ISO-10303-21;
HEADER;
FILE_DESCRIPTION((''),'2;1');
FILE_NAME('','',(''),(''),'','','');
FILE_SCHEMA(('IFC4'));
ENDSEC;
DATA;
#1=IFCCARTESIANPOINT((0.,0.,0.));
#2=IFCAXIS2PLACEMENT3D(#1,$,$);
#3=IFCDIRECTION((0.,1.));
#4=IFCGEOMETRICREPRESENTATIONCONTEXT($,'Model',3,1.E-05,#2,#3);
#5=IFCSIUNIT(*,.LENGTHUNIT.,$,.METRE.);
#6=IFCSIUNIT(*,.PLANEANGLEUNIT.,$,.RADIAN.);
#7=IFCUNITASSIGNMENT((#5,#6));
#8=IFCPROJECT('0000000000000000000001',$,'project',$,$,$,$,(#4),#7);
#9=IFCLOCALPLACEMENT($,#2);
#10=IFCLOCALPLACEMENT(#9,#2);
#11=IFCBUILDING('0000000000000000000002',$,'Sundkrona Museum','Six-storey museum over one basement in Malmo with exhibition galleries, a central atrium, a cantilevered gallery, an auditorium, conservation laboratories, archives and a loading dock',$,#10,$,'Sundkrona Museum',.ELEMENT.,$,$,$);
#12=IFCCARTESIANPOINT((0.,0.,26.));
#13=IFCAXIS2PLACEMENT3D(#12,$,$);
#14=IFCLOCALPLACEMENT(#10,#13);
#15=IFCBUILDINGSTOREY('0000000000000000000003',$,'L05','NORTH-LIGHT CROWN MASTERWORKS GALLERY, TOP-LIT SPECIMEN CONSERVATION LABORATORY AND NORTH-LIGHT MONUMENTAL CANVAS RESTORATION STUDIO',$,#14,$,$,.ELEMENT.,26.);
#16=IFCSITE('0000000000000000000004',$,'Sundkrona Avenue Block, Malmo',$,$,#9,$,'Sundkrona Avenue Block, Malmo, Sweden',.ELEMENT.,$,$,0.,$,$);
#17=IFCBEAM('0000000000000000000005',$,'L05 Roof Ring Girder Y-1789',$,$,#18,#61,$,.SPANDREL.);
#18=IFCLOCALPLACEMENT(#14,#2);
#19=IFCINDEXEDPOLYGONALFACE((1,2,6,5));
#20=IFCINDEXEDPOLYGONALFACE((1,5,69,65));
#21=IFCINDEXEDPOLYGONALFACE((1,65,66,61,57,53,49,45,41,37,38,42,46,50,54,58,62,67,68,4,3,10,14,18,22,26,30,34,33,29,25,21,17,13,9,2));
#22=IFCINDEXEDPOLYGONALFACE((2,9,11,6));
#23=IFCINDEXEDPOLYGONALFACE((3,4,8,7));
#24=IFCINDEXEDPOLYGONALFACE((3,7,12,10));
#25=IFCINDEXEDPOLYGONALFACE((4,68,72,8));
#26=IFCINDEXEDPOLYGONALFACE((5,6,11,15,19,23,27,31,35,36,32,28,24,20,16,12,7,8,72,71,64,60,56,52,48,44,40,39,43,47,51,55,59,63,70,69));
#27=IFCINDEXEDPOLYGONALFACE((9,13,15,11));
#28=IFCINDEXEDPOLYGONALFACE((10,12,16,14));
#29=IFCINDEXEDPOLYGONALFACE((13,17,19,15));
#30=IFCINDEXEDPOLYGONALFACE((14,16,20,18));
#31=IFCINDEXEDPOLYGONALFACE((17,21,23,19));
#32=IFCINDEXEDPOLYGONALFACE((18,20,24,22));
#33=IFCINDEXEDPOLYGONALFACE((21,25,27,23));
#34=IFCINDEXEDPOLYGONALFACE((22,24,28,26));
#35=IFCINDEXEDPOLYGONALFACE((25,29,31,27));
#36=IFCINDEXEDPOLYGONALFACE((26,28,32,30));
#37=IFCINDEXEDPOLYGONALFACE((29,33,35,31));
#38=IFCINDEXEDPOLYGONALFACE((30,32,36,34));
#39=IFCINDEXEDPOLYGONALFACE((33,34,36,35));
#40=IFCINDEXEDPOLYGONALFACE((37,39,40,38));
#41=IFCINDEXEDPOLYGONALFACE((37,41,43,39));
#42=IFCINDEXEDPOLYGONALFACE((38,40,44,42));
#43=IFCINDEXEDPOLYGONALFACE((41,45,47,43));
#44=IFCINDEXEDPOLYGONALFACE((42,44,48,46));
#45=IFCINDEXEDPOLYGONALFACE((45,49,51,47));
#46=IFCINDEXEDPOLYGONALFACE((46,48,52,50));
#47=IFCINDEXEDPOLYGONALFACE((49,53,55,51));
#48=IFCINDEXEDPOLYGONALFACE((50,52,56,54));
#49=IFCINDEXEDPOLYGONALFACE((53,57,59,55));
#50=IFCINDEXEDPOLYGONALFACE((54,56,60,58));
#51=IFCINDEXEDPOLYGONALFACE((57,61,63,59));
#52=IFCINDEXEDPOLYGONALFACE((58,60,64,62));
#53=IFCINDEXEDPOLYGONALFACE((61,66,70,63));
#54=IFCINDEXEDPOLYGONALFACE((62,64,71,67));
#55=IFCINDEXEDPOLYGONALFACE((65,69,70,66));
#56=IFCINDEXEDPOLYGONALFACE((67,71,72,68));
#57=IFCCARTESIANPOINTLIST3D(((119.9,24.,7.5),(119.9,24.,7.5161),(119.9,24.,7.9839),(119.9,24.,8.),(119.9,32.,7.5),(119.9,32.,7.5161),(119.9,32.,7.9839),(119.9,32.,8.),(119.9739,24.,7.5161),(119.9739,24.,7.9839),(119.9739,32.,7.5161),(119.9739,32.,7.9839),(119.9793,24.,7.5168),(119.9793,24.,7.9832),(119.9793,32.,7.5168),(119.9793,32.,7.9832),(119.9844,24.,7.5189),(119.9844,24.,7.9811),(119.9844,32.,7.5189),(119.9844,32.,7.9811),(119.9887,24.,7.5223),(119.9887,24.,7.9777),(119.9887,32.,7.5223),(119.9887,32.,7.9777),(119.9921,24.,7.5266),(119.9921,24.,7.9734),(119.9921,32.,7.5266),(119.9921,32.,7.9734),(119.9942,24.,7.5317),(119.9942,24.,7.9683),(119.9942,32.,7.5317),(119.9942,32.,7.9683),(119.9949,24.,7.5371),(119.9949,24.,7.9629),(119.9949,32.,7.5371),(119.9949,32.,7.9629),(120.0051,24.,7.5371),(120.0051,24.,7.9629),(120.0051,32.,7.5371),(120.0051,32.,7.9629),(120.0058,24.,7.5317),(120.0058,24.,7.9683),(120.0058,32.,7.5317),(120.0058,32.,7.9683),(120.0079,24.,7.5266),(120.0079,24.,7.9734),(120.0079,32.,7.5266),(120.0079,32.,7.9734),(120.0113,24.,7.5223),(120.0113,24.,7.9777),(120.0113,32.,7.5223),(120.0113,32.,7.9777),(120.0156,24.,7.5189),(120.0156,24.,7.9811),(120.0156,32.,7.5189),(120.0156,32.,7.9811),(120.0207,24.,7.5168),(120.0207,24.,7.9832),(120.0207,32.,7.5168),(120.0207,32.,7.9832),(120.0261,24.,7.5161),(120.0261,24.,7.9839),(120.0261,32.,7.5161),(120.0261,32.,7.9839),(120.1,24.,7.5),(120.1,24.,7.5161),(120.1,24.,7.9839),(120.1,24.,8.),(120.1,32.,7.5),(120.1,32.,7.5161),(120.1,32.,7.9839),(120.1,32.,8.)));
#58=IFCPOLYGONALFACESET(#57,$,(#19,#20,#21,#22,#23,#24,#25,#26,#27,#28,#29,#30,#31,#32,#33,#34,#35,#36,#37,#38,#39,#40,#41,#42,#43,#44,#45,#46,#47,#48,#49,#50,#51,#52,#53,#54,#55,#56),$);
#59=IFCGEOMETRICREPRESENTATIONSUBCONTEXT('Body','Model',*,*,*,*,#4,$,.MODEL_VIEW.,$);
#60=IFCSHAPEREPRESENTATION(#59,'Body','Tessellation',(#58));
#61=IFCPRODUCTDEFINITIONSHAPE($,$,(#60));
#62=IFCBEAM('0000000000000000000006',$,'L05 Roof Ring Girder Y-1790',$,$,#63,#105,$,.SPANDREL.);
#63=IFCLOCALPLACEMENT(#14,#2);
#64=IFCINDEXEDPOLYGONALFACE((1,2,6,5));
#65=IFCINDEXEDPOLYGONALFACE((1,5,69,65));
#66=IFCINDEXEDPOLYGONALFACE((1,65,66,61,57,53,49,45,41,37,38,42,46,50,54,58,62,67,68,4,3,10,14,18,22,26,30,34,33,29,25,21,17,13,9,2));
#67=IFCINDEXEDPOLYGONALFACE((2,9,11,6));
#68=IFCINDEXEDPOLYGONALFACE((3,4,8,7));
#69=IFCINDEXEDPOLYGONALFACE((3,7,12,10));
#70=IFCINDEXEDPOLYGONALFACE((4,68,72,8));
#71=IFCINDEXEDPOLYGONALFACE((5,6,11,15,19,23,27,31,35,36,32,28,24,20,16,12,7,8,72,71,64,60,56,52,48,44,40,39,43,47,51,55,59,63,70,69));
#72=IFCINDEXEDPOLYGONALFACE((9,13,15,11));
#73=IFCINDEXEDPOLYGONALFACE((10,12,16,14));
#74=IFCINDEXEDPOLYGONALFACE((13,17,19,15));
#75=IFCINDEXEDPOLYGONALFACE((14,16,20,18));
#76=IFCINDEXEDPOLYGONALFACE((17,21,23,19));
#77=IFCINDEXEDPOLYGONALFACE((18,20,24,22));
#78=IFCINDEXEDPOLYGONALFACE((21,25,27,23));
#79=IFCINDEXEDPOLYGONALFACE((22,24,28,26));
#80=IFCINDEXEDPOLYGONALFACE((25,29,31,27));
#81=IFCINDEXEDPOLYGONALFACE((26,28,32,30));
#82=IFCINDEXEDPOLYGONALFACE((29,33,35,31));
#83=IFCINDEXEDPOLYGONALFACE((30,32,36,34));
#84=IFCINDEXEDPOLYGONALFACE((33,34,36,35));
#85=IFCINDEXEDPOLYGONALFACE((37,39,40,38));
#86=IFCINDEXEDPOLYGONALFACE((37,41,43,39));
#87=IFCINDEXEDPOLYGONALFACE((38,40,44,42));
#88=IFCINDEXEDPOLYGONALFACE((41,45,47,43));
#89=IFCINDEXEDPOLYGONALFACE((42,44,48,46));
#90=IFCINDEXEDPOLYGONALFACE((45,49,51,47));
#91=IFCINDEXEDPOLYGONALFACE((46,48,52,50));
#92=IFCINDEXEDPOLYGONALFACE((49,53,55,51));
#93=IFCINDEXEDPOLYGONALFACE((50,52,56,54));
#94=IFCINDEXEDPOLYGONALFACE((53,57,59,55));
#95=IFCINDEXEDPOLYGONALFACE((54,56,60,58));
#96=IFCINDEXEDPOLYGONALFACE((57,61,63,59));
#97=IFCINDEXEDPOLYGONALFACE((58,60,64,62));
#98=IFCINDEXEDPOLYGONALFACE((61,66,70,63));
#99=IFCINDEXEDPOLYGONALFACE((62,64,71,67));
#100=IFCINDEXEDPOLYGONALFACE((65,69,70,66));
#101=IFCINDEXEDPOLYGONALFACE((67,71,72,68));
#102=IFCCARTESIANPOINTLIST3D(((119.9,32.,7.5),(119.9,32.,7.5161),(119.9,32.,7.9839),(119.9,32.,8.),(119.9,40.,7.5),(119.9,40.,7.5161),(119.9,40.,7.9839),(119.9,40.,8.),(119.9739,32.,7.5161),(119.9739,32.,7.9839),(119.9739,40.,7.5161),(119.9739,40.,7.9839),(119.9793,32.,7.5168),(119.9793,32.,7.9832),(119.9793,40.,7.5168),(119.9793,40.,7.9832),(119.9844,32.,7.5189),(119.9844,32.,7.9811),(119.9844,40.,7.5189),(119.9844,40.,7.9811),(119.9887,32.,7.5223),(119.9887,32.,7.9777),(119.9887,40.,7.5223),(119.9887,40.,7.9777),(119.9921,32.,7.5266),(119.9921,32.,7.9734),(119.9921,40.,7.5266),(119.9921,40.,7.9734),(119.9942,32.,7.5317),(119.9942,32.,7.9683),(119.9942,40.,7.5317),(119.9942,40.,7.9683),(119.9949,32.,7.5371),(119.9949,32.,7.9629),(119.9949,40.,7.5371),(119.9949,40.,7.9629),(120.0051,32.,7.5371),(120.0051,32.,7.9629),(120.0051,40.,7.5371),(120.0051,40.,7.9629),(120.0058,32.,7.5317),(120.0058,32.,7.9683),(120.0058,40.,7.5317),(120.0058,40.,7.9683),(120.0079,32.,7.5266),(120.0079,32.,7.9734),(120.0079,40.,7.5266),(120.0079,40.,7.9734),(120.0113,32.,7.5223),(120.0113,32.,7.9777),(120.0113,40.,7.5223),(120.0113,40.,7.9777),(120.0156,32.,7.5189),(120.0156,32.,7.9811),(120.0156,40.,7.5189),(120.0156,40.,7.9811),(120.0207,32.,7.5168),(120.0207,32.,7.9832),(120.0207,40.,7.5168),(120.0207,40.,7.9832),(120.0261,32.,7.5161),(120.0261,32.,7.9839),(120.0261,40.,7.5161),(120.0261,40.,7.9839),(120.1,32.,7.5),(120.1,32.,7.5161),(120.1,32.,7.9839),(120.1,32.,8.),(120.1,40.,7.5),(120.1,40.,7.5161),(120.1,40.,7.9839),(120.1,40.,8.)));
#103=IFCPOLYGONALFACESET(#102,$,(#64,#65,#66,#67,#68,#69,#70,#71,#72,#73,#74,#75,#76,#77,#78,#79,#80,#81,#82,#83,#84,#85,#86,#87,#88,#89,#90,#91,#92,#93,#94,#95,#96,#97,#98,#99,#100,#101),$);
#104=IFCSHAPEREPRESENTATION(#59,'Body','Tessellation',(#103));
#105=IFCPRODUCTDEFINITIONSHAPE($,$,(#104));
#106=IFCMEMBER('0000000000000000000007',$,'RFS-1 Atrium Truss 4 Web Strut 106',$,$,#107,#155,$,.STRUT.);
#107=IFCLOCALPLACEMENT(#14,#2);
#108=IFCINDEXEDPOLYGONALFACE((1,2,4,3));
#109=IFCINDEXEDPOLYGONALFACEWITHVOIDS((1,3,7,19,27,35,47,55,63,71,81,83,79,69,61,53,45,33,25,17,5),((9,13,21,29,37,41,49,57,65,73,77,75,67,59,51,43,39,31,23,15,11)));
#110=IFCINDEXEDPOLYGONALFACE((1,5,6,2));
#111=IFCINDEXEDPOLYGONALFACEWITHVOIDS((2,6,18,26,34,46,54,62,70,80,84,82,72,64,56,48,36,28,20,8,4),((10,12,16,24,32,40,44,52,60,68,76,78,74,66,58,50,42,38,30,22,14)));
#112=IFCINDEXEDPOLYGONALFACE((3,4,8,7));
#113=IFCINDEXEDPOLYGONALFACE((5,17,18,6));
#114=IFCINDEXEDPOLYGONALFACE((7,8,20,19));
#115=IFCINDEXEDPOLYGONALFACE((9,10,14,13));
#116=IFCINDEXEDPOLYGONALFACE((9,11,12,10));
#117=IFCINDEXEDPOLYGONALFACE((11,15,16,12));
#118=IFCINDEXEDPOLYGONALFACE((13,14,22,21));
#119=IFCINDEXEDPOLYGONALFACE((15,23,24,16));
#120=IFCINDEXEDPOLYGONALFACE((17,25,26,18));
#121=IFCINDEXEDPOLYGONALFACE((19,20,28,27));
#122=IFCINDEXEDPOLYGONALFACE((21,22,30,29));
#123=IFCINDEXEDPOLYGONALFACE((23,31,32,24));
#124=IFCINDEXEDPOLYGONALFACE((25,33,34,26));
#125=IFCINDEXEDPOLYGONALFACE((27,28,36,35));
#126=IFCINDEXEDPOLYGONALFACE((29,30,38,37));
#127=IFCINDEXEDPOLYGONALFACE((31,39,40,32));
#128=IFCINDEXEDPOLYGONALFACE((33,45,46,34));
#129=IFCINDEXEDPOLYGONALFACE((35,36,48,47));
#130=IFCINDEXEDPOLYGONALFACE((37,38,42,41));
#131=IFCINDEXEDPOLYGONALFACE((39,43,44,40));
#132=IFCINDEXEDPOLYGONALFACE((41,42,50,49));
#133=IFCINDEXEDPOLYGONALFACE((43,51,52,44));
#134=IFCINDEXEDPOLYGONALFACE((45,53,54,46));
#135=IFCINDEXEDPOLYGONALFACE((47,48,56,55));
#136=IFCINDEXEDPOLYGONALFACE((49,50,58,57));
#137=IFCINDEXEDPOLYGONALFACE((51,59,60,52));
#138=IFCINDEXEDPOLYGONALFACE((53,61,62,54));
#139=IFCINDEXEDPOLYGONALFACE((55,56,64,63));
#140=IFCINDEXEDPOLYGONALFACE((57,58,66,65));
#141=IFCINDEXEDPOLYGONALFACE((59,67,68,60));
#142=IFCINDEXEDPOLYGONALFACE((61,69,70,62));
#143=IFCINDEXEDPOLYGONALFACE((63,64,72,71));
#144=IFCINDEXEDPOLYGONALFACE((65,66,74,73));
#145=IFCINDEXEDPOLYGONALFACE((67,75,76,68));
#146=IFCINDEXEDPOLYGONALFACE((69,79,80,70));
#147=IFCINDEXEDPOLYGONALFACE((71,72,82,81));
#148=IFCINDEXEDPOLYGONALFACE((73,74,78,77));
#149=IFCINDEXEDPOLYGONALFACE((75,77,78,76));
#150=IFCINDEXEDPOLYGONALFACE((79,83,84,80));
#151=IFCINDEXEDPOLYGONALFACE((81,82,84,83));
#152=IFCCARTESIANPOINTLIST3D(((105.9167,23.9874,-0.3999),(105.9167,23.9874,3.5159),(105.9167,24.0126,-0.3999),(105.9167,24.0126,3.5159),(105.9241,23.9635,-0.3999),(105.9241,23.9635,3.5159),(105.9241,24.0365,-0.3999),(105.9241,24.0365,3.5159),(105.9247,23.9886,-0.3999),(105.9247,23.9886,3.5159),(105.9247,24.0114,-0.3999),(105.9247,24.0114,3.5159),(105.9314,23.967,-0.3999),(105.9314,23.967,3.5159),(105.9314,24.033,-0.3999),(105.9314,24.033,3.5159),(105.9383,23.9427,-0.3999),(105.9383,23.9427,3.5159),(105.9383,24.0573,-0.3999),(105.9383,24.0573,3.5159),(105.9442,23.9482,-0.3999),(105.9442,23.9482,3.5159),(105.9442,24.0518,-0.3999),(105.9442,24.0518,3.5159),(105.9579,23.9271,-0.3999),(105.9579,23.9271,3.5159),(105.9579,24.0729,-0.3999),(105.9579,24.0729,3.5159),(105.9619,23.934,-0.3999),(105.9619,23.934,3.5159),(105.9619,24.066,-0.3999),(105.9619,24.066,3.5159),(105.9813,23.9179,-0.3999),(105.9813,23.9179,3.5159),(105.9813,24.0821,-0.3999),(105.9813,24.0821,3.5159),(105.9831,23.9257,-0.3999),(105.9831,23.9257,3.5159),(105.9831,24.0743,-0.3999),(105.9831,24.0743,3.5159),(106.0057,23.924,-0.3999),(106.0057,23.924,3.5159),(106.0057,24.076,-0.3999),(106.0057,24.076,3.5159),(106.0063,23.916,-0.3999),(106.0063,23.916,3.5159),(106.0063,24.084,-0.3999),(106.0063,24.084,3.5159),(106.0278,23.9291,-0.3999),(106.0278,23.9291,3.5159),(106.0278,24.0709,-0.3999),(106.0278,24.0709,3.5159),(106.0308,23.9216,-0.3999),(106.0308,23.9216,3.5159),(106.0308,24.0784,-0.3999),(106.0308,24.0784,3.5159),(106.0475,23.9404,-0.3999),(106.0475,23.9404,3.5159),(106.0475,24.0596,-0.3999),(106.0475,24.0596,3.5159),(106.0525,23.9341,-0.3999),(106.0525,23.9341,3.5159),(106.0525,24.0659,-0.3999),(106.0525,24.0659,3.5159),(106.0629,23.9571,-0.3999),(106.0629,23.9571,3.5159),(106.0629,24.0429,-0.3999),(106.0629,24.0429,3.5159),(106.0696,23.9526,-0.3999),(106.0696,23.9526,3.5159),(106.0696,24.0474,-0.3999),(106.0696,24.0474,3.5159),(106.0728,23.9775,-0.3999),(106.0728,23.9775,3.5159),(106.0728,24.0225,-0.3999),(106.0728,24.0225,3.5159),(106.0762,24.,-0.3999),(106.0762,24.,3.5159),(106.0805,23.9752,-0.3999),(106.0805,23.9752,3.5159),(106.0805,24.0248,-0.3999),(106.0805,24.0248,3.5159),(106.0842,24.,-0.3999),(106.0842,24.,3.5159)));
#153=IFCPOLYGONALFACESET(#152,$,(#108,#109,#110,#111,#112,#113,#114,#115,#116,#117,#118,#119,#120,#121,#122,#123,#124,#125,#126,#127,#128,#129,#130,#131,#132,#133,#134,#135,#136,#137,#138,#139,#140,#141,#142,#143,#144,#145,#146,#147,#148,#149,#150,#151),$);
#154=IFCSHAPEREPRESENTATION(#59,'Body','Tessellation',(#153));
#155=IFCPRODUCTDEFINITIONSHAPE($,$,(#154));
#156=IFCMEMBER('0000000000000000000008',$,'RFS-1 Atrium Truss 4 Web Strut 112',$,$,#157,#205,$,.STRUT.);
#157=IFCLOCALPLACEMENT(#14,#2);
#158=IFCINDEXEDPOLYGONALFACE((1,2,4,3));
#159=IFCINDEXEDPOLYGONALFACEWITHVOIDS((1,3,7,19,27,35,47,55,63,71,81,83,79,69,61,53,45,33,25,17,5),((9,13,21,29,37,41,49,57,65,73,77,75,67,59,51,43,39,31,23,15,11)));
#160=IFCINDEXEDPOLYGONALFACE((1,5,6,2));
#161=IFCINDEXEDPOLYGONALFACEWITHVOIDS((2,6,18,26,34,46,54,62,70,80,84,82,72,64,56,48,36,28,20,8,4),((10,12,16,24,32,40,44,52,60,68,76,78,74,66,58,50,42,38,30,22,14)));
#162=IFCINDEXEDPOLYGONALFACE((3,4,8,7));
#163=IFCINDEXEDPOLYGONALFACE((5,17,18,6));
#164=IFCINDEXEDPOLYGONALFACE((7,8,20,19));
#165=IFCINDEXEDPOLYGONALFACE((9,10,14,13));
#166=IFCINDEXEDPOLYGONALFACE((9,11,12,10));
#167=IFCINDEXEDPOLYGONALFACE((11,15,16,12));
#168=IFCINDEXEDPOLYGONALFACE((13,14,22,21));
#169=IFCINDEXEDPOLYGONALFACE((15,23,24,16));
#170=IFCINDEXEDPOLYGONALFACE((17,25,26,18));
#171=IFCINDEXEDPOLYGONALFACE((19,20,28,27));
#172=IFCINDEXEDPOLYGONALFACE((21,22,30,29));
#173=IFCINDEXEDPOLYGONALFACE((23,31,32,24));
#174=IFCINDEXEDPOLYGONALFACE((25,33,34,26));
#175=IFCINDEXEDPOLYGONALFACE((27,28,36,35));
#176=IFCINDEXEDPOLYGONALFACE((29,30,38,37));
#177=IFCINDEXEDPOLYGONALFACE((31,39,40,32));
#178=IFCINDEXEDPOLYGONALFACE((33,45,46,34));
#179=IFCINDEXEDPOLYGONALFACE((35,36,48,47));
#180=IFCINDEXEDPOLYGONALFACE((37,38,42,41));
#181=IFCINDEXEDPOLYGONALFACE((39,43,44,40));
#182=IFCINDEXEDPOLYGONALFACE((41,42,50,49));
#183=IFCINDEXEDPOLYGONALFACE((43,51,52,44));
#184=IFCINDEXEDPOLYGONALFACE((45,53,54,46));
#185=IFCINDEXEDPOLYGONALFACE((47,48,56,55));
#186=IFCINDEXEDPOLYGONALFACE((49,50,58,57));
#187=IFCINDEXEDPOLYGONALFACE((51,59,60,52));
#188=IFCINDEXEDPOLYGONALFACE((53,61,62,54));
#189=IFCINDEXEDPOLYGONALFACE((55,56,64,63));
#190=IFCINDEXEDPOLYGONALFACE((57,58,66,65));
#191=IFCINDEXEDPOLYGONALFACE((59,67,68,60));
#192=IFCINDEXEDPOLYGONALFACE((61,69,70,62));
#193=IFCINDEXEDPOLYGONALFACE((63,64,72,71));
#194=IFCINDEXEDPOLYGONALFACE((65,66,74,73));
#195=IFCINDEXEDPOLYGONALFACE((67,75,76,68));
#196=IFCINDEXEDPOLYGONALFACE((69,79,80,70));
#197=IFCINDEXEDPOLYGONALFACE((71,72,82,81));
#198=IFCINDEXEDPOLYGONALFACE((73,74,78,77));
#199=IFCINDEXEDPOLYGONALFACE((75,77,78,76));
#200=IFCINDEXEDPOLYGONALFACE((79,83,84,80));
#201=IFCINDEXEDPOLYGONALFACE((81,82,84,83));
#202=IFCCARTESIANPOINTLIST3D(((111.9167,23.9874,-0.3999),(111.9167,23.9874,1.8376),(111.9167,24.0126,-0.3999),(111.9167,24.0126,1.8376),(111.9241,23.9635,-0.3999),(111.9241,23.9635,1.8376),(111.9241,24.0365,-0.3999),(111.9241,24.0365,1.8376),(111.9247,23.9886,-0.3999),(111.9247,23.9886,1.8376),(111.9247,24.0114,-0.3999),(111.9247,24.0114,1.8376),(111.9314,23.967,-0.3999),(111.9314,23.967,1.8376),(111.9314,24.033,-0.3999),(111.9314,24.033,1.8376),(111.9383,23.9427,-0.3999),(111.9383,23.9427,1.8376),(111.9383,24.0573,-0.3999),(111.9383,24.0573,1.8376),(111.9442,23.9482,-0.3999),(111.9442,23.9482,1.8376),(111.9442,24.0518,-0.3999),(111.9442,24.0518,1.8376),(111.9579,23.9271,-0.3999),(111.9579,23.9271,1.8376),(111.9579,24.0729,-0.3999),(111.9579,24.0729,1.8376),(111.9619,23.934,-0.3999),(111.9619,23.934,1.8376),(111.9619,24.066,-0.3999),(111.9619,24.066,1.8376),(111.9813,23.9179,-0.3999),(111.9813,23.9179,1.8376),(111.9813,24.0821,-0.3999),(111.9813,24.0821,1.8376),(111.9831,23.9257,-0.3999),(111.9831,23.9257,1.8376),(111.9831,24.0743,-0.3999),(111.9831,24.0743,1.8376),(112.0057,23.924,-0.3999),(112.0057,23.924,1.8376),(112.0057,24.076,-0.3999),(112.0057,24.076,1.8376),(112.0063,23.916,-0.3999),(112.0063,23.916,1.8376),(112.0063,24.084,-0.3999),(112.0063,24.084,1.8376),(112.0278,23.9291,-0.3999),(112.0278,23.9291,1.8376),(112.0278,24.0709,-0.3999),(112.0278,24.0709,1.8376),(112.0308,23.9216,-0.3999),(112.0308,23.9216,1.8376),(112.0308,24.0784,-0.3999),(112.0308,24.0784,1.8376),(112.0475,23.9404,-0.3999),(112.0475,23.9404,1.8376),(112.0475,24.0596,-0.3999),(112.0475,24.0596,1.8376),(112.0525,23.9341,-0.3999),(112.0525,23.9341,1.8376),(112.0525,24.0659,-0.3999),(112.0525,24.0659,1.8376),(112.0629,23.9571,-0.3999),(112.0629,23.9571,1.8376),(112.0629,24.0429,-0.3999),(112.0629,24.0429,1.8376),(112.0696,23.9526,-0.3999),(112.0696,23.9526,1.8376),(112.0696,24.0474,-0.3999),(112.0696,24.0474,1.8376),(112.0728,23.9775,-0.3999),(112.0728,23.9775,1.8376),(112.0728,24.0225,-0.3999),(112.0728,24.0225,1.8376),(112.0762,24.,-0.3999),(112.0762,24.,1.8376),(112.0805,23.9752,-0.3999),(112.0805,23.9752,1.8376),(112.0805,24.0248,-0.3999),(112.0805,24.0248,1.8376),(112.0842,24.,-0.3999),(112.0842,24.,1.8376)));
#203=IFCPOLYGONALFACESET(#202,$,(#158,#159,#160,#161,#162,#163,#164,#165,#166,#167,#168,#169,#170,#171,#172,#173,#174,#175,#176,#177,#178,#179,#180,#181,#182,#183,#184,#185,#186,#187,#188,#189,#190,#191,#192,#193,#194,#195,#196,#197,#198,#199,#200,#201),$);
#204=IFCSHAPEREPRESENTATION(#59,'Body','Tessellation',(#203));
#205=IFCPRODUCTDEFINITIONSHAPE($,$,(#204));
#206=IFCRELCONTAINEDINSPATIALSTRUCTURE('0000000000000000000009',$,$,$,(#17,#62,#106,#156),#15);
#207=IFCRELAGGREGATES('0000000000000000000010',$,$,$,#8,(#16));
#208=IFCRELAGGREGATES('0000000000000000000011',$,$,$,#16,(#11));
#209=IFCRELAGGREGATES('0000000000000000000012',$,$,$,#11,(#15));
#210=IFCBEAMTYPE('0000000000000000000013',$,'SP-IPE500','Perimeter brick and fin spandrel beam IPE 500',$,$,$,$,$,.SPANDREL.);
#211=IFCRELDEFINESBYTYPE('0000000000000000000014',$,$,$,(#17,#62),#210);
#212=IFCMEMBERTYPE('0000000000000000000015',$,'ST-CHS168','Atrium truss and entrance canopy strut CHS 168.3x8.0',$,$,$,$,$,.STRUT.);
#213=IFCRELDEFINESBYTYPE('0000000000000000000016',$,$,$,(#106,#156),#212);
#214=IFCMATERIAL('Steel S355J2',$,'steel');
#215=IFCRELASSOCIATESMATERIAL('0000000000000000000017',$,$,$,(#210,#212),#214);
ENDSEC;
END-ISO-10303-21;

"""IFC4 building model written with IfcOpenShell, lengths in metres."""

from ifc_helpers import new_model, si_unit, direction, frame, origin, origin_2d, place, context, subcontext, project, spatial, hollow_circle, i_section, extrude, material, material_profile, profile_set, type_object, element, save


model = new_model("IFC4")

# Units and contexts
model_context = context("Model", 3, precision=1e-05, world=origin(), true_north=direction((0.0, 1.0)))
body_context = subcontext(model_context, "Body", "Model", "MODEL_VIEW")
ifc_project = project(units=[si_unit("LENGTHUNIT", "METRE"), si_unit("PLANEANGLEUNIT", "RADIAN")], contexts=[model_context])

# Site, building, storey
site_placement = place(None, origin())
site = spatial("IfcSite", under=ifc_project, at=site_placement, Name="Sundkrona Avenue Block, Malmo", LongName="Sundkrona Avenue Block, Malmo, Sweden", CompositionType="ELEMENT", RefElevation=0.0)
building_placement = place(site_placement, origin())
building = spatial("IfcBuilding", under=site, at=building_placement, Name="Sundkrona Museum", Description="Six-storey museum over one basement in Malmo with exhibition galleries, a central atrium, a cantilevered gallery, an auditorium, conservation laboratories, archives and a loading dock", LongName="Sundkrona Museum", CompositionType="ELEMENT")
storey_placement = place(building_placement, frame((0.0, 0.0, 26.0)))
storey = spatial("IfcBuildingStorey", under=building, at=storey_placement, Name="L05", Description="NORTH-LIGHT CROWN MASTERWORKS GALLERY, TOP-LIT SPECIMEN CONSERVATION LABORATORY AND NORTH-LIGHT MONUMENTAL CANVAS RESTORATION STUDIO", CompositionType="ELEMENT", Elevation=26.0)

# Shared definitions
ifc_material_1 = material(Name="Steel S355J2", Category="steel")

# Beams
ifc_material_profile_1 = material_profile(ifc_material_1, i_section(OverallWidth=0.2, OverallDepth=0.5, WebThickness=0.0103, FlangeThickness=0.0161, FilletRadius=0.021, at=origin_2d()), Name="IPE 500")
ifc_profile_set_1 = profile_set([ifc_material_profile_1], Name="Steel S355J2")
beam_type = type_object("IfcBeamType", Name="SP-IPE500", Description="Perimeter brick and fin spandrel beam IPE 500", PredefinedType="SPANDREL", material=ifc_profile_set_1)
for number, where, z_axis, x_axis, name in (
    (1, (120.0, 24.0, 7.75), (0.0, 1.0, 0.0), (-1.0, 0.0, 0.0), "L05 Roof Ring Girder Y-1789"),
    (2, (120.0, 32.0, 7.75), (0.0, 1.0, 0.0), (-1.0, 0.0, 0.0), "L05 Roof Ring Girder Y-1790"),
):
    element("IfcBeam", number, at=place(storey_placement, frame(where, z_axis=z_axis, x_axis=x_axis)), inside=storey, type_object=beam_type, Name=name, PredefinedType="SPANDREL", context=body_context, shape_type="SweptSolid", body=[
        extrude(i_section(OverallWidth=0.2, OverallDepth=0.5, WebThickness=0.0103, FlangeThickness=0.0161, FilletRadius=0.021, at=origin_2d()), origin(), (0.0, 0.0, 1.0), 8.0),
    ])

# Members
ifc_material_profile_2 = material_profile(ifc_material_1, hollow_circle(Radius=0.0842, WallThickness=0.0081, at=origin_2d()), Name="CHS 168.3x8.0")
ifc_profile_set_2 = profile_set([ifc_material_profile_2], Name="Steel S355J2")
member_type_1 = type_object("IfcMemberType", Name="ST-CHS168", Description="Atrium truss and entrance canopy strut CHS 168.3x8.0", PredefinedType="STRUT", material=ifc_profile_set_2)
member_1_placement = place(storey_placement, frame((106.0, 24.0, -0.3999), z_axis=(0.0, 0.0, 1.0), x_axis=(1.0, 0.0, 0.0)))
element("IfcMember", 3, at=member_1_placement, inside=storey, type_object=member_type_1, Name="RFS-1 Atrium Truss 4 Web Strut 106", PredefinedType="STRUT", context=body_context, shape_type="SweptSolid", body=[
    extrude(hollow_circle(Radius=0.0842, WallThickness=0.0081, at=origin_2d()), origin(), (0.0, 0.0, 1.0), 3.9158),
])
member_2_placement = place(storey_placement, frame((112.0, 24.0, -0.3999), z_axis=(0.0, 0.0, 1.0), x_axis=(1.0, 0.0, 0.0)))
element("IfcMember", 4, at=member_2_placement, inside=storey, type_object=member_type_1, Name="RFS-1 Atrium Truss 4 Web Strut 112", PredefinedType="STRUT", context=body_context, shape_type="SweptSolid", body=[
    extrude(hollow_circle(Radius=0.0842, WallThickness=0.0081, at=origin_2d()), origin(), (0.0, 0.0, 1.0), 2.2375),
])

save(model, "model.ifc")
